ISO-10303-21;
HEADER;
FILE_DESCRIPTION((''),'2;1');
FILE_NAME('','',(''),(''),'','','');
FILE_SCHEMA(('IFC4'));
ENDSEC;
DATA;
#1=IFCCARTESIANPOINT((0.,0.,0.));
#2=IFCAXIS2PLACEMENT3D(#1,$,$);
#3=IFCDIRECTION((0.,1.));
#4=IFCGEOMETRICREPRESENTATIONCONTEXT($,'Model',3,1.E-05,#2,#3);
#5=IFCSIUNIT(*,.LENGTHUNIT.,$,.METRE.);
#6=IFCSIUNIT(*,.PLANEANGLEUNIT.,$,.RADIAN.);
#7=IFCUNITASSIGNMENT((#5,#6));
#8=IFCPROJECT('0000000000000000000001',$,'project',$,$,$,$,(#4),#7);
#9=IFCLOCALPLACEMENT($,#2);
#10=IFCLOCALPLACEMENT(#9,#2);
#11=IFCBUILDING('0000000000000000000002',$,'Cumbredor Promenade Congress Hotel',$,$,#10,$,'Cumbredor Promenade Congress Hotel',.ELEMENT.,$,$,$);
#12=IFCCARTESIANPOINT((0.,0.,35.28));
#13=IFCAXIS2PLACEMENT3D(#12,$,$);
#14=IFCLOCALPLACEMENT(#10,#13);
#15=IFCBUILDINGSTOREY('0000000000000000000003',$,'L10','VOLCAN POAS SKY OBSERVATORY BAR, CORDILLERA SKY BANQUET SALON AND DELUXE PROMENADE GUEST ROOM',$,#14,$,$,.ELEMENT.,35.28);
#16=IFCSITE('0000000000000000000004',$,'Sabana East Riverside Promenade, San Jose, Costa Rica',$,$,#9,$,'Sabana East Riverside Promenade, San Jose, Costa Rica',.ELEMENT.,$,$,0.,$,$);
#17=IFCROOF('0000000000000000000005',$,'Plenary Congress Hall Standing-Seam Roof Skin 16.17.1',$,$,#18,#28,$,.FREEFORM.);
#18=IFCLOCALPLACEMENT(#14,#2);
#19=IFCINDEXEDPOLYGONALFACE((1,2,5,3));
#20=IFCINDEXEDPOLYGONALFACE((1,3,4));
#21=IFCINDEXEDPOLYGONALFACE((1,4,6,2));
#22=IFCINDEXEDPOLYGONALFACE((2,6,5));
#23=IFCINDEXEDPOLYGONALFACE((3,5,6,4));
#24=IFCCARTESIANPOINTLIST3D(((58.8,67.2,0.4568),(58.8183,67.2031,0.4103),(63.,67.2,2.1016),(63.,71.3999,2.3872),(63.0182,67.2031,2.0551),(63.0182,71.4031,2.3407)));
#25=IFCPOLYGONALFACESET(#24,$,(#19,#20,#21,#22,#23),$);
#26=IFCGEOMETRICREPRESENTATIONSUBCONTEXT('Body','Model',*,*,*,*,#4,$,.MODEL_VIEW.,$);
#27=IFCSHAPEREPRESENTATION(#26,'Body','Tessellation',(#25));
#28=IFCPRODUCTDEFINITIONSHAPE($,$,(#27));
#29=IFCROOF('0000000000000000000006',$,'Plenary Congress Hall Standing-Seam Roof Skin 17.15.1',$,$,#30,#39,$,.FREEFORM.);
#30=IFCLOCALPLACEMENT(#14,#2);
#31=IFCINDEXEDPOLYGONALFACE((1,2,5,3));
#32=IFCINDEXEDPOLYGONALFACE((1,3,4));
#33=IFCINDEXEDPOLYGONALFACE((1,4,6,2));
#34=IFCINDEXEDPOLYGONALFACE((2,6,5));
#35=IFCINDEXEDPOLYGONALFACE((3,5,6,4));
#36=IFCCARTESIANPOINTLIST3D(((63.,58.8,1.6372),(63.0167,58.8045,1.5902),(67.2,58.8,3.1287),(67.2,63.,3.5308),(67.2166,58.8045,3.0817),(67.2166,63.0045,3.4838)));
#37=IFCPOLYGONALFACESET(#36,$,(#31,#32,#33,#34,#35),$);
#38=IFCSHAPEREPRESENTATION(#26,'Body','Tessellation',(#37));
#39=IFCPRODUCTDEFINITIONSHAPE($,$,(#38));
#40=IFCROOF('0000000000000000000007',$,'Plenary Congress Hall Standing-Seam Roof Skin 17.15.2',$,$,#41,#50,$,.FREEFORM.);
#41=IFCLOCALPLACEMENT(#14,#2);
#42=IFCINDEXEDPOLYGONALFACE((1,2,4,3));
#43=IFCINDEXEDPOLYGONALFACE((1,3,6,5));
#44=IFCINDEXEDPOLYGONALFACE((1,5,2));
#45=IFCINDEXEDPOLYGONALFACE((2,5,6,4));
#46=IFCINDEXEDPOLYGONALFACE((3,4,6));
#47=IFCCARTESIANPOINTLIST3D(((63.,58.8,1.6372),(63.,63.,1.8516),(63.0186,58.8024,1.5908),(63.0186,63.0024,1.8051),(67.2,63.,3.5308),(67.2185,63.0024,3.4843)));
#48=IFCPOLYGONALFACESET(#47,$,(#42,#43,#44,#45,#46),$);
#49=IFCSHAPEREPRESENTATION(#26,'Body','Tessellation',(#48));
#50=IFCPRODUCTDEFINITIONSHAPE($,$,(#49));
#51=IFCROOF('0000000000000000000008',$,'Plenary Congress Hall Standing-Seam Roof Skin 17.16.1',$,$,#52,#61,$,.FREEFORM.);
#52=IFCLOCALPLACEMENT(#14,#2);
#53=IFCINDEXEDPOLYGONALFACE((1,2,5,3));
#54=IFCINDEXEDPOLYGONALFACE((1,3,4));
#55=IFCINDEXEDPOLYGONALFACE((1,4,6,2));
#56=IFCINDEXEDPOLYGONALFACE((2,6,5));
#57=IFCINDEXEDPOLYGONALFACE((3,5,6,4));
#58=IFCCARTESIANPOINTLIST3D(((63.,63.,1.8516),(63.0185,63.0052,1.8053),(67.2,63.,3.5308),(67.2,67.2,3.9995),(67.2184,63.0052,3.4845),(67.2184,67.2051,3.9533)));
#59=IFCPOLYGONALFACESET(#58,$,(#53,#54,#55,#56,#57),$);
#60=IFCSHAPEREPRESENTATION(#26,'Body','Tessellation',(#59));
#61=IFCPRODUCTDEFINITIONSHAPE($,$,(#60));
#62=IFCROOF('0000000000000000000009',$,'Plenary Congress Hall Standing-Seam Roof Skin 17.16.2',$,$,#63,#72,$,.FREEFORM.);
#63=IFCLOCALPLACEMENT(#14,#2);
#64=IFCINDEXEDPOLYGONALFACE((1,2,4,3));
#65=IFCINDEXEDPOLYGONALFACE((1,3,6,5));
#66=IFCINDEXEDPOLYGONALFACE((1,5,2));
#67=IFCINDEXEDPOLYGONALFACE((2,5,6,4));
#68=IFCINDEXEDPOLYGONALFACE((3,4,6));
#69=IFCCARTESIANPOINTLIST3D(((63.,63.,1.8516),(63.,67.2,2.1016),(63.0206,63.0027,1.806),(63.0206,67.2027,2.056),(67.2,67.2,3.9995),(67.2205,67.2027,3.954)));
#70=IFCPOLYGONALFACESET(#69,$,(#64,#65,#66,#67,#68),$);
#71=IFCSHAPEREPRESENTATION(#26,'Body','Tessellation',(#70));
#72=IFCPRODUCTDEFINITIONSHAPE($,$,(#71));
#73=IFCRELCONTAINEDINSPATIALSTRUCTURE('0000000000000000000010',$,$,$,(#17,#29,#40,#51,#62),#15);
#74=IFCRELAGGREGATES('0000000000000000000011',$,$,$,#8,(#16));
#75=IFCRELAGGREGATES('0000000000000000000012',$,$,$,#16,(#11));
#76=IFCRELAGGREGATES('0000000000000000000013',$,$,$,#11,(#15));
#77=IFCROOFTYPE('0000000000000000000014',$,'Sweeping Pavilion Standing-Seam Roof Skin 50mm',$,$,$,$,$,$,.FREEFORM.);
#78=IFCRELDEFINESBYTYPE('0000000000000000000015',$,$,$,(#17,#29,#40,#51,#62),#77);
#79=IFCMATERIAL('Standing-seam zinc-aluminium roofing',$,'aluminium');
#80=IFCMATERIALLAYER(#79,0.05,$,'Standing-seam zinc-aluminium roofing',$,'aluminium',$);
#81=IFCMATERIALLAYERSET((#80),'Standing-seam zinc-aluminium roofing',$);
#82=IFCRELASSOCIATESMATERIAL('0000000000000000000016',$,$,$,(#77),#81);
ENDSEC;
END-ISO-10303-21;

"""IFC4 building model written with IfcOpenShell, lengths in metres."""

from ifc_helpers import new_model, si_unit, direction, frame, origin, place, context, subcontext, project, spatial, polyline, outline, extrude, material, layer, layer_set, type_object, element, save


model = new_model("IFC4")

# Units and contexts
model_context = context("Model", 3, precision=1e-05, world=origin(), true_north=direction((0.0, 1.0)))
body_context = subcontext(model_context, "Body", "Model", "MODEL_VIEW")
ifc_project = project(units=[si_unit("LENGTHUNIT", "METRE"), si_unit("PLANEANGLEUNIT", "RADIAN")], contexts=[model_context])

# Site, building, storey
site_placement = place(None, origin())
site = spatial("IfcSite", under=ifc_project, at=site_placement, Name="Sabana East Riverside Promenade, San Jose, Costa Rica", LongName="Sabana East Riverside Promenade, San Jose, Costa Rica", CompositionType="ELEMENT", RefElevation=0.0)
building_placement = place(site_placement, origin())
building = spatial("IfcBuilding", under=site, at=building_placement, Name="Cumbredor Promenade Congress Hotel", LongName="Cumbredor Promenade Congress Hotel", CompositionType="ELEMENT")
storey_placement = place(building_placement, frame((0.0, 0.0, 35.28)))
storey = spatial("IfcBuildingStorey", under=building, at=storey_placement, Name="L10", Description="VOLCAN POAS SKY OBSERVATORY BAR, CORDILLERA SKY BANQUET SALON AND DELUXE PROMENADE GUEST ROOM", CompositionType="ELEMENT", Elevation=35.28)

# Roofs
ifc_material_1 = material(Name="Standing-seam zinc-aluminium roofing", Category="aluminium")
ifc_layer_1 = layer(ifc_material_1, 0.05, Name="Standing-seam zinc-aluminium roofing", Category="aluminium")
ifc_layer_set_1 = layer_set([ifc_layer_1], Name="Standing-seam zinc-aluminium roofing")
roof_type = type_object("IfcRoofType", Name="Sweeping Pavilion Standing-Seam Roof Skin 50mm", PredefinedType="FREEFORM", material=ifc_layer_set_1)
roof_1_placement = place(storey_placement, frame((58.8, 67.2, 0.4568), z_axis=(-0.363923, -0.063202, 0.929282), x_axis=(0.931144, 0.0, 0.364652)))
element("IfcRoof", 1, at=roof_1_placement, inside=storey, type_object=roof_type, Name="Plenary Congress Hall Standing-Seam Roof Skin 16.17.1", PredefinedType="FREEFORM", context=body_context, shape_type="SweptSolid", body=[
    extrude(outline(polyline([(0.0, 0.0), (4.5105, 0.0), (4.6147, 4.2084), (0.0, 0.0)])), origin(), (0.0, 0.0, -1.0), 0.05),
])
roof_2_placement = place(storey_placement, frame((63.0, 58.8, 1.6372), z_axis=(-0.333285, -0.089854, 0.938535), x_axis=(0.942346, 0.0, 0.334639)))
element("IfcRoof", 2, at=roof_2_placement, inside=storey, type_object=roof_type, Name="Plenary Congress Hall Standing-Seam Roof Skin 17.15.1", PredefinedType="FREEFORM", context=body_context, shape_type="SweptSolid", body=[
    extrude(outline(polyline([(0.0, 0.0), (4.4569, 0.0), (4.5915, 4.217), (0.0, 0.0)])), origin(), (0.0, 0.0, -1.0), 0.05),
])
roof_3_placement = place(storey_placement, frame((63.0, 58.8, 1.6372), z_axis=(-0.370826, -0.047337, 0.927495), x_axis=(0.6737, 0.6737, 0.303739)))
element("IfcRoof", 3, at=roof_3_placement, inside=storey, type_object=roof_type, Name="Plenary Congress Hall Standing-Seam Roof Skin 17.15.2", PredefinedType="FREEFORM", context=body_context, shape_type="SweptSolid", body=[
    extrude(outline(polyline([(0.0, 0.0), (6.2342, 0.0), (2.8946, 3.0507), (0.0, 0.0)])), origin(), (0.0, 0.0, -1.0), 0.05),
])
roof_4_placement = place(storey_placement, frame((63.0, 63.0, 1.8516), z_axis=(-0.369264, -0.10308, 0.92359), x_axis=(0.928536, 0.0, 0.371242)))
element("IfcRoof", 4, at=roof_4_placement, inside=storey, type_object=roof_type, Name="Plenary Congress Hall Standing-Seam Roof Skin 17.16.1", PredefinedType="FREEFORM", context=body_context, shape_type="SweptSolid", body=[
    extrude(outline(polyline([(0.0, 0.0), (4.5232, 0.0), (4.6972, 4.2224), (0.0, 0.0)])), origin(), (0.0, 0.0, -1.0), 0.05),
])
roof_5_placement = place(storey_placement, frame((63.0, 63.0, 1.8516), z_axis=(-0.411198, -0.054163, 0.909935), x_axis=(0.664962, 0.664962, 0.340076)))
element("IfcRoof", 5, at=roof_5_placement, inside=storey, type_object=roof_type, Name="Plenary Congress Hall Standing-Seam Roof Skin 17.16.2", PredefinedType="FREEFORM", context=body_context, shape_type="SweptSolid", body=[
    extrude(outline(polyline([(0.0, 0.0), (6.3161, 0.0), (2.8778, 3.0692), (0.0, 0.0)])), origin(), (0.0, 0.0, -1.0), 0.05),
])

save(model, "model.ifc")
